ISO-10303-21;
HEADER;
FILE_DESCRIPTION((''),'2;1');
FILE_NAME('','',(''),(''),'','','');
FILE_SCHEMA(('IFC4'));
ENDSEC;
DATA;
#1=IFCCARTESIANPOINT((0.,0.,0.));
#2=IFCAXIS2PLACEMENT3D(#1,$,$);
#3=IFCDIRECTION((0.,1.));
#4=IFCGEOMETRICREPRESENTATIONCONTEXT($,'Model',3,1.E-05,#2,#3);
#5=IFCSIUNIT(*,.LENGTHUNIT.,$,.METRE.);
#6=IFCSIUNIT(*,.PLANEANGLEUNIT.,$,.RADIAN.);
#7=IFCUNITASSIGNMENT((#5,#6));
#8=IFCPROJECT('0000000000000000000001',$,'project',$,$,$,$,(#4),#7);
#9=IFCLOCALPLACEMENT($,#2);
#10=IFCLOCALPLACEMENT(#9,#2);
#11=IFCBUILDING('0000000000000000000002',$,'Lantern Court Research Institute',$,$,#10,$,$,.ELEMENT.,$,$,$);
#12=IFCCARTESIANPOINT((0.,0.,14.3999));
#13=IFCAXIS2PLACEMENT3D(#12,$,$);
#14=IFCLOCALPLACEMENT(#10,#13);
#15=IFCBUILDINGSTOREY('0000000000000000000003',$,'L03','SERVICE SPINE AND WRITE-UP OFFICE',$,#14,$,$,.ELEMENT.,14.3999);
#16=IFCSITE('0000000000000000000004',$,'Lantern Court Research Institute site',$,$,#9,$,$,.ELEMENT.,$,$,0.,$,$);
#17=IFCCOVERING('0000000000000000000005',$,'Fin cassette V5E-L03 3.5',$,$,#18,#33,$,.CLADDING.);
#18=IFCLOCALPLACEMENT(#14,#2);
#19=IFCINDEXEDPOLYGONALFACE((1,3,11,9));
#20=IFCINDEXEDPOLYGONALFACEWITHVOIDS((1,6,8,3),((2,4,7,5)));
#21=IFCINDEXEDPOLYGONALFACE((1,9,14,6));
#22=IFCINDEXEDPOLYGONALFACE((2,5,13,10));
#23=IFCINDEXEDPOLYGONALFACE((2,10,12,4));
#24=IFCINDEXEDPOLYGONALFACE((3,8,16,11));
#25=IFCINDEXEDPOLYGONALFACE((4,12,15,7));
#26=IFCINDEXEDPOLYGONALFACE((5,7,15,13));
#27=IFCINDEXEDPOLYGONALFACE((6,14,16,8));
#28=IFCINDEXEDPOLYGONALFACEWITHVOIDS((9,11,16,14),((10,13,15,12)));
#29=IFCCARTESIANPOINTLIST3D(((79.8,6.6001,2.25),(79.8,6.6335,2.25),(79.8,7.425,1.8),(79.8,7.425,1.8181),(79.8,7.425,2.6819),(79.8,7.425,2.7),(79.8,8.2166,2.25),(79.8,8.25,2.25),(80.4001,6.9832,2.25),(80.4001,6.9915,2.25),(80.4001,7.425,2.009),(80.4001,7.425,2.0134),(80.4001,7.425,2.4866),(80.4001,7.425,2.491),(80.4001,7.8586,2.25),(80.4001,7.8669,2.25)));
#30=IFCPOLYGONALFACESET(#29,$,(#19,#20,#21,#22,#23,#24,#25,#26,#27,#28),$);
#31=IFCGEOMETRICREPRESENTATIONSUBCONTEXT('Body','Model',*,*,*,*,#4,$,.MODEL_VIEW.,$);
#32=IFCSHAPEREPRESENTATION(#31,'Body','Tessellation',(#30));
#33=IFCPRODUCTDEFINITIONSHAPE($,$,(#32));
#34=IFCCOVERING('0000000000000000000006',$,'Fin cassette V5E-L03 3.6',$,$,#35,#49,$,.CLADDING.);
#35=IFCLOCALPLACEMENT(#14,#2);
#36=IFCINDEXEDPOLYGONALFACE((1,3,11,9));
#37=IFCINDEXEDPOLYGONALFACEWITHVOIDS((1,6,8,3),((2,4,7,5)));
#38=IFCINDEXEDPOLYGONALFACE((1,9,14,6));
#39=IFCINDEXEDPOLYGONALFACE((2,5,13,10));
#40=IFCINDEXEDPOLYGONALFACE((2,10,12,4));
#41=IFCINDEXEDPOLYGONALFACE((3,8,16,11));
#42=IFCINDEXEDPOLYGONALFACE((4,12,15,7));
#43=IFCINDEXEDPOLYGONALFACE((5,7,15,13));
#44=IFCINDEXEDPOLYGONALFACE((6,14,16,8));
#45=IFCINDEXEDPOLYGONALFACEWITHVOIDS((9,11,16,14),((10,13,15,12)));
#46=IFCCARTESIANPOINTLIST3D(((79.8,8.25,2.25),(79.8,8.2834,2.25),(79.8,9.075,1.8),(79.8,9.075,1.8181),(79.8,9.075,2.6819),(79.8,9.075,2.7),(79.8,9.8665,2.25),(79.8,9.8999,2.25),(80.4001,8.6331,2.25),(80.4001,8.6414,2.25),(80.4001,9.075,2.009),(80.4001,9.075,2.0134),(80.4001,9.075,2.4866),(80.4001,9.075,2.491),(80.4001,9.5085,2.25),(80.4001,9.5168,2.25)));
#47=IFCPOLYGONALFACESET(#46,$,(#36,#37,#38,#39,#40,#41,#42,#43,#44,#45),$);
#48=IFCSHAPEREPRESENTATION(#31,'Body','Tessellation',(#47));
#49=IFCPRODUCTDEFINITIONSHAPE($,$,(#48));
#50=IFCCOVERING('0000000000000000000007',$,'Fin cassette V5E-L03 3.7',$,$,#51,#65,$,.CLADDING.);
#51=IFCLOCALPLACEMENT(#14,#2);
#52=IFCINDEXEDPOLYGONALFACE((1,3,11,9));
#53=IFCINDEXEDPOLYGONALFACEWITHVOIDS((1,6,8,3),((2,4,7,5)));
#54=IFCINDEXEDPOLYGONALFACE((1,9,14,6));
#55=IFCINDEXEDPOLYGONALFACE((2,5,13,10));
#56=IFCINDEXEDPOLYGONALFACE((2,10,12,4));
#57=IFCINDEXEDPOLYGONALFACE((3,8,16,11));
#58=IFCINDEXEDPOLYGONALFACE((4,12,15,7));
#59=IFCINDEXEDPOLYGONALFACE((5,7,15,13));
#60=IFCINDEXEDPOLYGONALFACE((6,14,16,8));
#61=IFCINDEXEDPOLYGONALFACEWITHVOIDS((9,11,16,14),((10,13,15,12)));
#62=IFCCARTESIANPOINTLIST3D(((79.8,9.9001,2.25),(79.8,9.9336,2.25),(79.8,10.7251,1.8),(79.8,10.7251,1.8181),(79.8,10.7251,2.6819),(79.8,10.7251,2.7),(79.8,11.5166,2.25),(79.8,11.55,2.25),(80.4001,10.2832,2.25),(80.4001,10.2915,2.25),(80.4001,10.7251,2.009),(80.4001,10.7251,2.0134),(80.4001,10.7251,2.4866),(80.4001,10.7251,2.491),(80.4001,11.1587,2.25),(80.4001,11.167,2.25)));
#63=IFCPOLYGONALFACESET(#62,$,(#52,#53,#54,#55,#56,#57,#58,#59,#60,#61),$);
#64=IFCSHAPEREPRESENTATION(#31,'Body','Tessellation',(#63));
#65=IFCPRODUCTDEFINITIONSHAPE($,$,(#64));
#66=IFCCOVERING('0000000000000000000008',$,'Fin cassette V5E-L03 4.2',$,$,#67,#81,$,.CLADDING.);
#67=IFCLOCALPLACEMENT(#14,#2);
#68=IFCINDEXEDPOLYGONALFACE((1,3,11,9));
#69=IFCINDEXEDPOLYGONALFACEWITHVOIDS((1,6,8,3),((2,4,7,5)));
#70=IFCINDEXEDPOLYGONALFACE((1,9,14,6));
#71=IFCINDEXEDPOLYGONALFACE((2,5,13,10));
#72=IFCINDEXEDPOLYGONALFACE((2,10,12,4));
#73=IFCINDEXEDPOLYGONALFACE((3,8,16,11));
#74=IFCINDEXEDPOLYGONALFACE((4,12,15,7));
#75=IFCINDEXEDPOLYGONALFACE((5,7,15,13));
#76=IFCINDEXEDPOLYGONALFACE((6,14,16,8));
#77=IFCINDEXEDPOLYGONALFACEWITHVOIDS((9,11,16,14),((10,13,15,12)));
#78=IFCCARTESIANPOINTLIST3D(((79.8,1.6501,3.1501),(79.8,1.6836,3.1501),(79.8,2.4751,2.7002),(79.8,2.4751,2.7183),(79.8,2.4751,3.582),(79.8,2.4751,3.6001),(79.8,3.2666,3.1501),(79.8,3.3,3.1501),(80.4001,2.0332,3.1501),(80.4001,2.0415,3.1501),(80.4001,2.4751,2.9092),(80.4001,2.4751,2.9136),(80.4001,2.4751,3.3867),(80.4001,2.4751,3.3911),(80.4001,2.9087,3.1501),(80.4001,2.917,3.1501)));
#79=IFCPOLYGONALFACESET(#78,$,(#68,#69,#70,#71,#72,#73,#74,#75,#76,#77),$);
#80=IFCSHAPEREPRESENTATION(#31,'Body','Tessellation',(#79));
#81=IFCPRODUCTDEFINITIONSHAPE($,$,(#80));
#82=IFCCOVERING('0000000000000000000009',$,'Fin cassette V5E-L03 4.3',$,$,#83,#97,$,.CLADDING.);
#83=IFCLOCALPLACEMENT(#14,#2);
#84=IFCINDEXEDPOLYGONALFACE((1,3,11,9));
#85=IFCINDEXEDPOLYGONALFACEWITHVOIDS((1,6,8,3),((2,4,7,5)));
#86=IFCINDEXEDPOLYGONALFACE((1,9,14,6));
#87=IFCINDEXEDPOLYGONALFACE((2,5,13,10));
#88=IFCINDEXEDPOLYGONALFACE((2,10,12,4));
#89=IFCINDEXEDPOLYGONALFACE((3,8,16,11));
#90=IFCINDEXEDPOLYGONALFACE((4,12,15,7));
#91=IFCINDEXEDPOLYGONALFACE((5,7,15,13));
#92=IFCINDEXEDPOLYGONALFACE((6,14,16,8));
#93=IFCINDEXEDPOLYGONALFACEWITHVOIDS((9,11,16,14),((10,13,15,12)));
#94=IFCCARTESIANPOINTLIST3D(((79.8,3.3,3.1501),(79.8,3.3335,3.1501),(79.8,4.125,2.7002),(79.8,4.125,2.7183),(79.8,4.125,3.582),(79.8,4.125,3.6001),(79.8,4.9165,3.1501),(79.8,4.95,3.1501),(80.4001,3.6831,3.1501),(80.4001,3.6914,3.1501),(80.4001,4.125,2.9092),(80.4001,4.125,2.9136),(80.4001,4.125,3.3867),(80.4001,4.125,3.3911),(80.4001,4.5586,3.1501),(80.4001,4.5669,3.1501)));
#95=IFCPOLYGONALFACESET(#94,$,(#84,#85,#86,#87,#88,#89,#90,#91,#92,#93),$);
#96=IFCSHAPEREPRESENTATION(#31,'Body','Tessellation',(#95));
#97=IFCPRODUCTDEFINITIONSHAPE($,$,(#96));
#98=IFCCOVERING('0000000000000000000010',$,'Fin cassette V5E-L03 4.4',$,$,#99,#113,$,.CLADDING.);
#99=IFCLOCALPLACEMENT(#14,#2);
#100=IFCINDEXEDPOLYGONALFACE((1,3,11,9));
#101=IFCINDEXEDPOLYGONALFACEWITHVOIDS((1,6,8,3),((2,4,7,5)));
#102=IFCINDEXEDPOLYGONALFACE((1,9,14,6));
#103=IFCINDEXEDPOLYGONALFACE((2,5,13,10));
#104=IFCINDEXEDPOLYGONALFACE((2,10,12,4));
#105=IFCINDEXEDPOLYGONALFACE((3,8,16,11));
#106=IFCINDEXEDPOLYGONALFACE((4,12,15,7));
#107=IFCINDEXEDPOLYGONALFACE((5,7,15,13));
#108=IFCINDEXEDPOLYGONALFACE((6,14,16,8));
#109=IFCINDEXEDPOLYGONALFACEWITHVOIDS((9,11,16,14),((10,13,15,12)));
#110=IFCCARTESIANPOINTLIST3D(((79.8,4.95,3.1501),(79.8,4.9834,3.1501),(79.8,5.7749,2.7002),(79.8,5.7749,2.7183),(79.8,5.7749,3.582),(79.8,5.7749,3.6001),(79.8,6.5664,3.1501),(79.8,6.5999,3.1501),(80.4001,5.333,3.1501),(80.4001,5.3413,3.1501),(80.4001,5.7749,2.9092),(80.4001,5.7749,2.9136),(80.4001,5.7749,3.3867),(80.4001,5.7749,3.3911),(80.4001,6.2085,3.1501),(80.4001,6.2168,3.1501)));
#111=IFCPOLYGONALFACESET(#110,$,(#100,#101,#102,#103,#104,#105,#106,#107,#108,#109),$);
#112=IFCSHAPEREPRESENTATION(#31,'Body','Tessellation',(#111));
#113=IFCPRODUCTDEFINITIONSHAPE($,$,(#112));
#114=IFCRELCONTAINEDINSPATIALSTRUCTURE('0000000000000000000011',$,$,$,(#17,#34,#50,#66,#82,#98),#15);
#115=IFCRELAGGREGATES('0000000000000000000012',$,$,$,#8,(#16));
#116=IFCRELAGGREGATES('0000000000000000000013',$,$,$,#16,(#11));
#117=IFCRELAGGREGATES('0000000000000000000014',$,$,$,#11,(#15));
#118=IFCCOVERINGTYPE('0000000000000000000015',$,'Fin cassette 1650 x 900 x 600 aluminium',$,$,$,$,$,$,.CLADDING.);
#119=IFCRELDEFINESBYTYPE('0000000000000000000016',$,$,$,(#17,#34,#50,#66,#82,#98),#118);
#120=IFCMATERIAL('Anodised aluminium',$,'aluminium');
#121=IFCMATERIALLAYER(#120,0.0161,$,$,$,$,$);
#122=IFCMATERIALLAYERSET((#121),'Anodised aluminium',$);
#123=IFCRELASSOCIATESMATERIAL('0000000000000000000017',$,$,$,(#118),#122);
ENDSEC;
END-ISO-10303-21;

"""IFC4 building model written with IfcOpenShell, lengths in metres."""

from ifc_helpers import new_model, entity, si_unit, direction, frame, origin, place, context, subcontext, project, spatial, material, layer, layer_set, type_object, element, save


model = new_model("IFC4")

# Units and contexts
model_context = context("Model", 3, precision=1e-05, world=origin(), true_north=direction((0.0, 1.0)))
body_context = subcontext(model_context, "Body", "Model", "MODEL_VIEW")
ifc_project = project(units=[si_unit("LENGTHUNIT", "METRE"), si_unit("PLANEANGLEUNIT", "RADIAN")], contexts=[model_context])

# Site, building, storey
site_placement = place(None, origin())
site = spatial("IfcSite", under=ifc_project, at=site_placement, Name="Lantern Court Research Institute site", CompositionType="ELEMENT", RefElevation=0.0)
building_placement = place(site_placement, origin())
building = spatial("IfcBuilding", under=site, at=building_placement, Name="Lantern Court Research Institute", CompositionType="ELEMENT")
storey_placement = place(building_placement, frame((0.0, 0.0, 14.3999)))
storey = spatial("IfcBuildingStorey", under=building, at=storey_placement, Name="L03", Description="SERVICE SPINE AND WRITE-UP OFFICE", CompositionType="ELEMENT", Elevation=14.3999)

# Coverings
ifc_material_1 = material(Name="Anodised aluminium", Category="aluminium")
ifc_layer_1 = layer(ifc_material_1, 0.0161)
ifc_layer_set_1 = layer_set([ifc_layer_1], Name="Anodised aluminium")
covering_type = type_object("IfcCoveringType", Name="Fin cassette 1650 x 900 x 600 aluminium", PredefinedType="CLADDING", material=ifc_layer_set_1)
covering_1_placement = place(storey_placement, frame((79.8, 7.425, 2.25), z_axis=(1.0, 0.0, 0.0), x_axis=(0.0, 1.0, 0.0)))
cartesian_point_1 = entity("IfcCartesianPoint", [0.825, 0.0])
cartesian_point_2 = entity("IfcCartesianPoint", [0.7915, 0.0])
cartesian_point_3 = entity("IfcCartesianPoint", [0.4419, 0.0])
cartesian_point_4 = entity("IfcCartesianPoint", [0.4336, 0.0])
element("IfcCovering", 1, at=covering_1_placement, inside=storey, type_object=covering_type, Name="Fin cassette V5E-L03 3.5", PredefinedType="CLADDING", context=body_context, shape_type="SweptSolid", body=[
    entity("IfcExtrudedAreaSolidTapered", entity("IfcArbitraryProfileDefWithVoids", "AREA", None, entity("IfcPolyline", [cartesian_point_1, entity("IfcCartesianPoint", [0.0, 0.45]), entity("IfcCartesianPoint", [-0.825, 0.0]), entity("IfcCartesianPoint", [0.0, -0.45]), cartesian_point_1]), [entity("IfcPolyline", [cartesian_point_2, entity("IfcCartesianPoint", [0.0, 0.4319]), entity("IfcCartesianPoint", [-0.7915, 0.0]), entity("IfcCartesianPoint", [0.0, -0.4319]), cartesian_point_2])]), entity("IfcAxis2Placement3D", entity("IfcCartesianPoint", [0.0, 0.0, 0.0])), entity("IfcDirection", [0.0, 0.0, 1.0]), 0.6001, entity("IfcArbitraryProfileDefWithVoids", "AREA", None, entity("IfcPolyline", [cartesian_point_3, entity("IfcCartesianPoint", [0.0, 0.241]), entity("IfcCartesianPoint", [-0.4419, 0.0]), entity("IfcCartesianPoint", [0.0, -0.241]), cartesian_point_3]), [entity("IfcPolyline", [cartesian_point_4, entity("IfcCartesianPoint", [0.0, 0.2366]), entity("IfcCartesianPoint", [-0.4336, 0.0]), entity("IfcCartesianPoint", [0.0, -0.2366]), cartesian_point_4])])),
])
covering_2_placement = place(storey_placement, frame((79.8, 9.075, 2.25), z_axis=(1.0, 0.0, 0.0), x_axis=(0.0, 1.0, 0.0)))
cartesian_point_5 = entity("IfcCartesianPoint", [0.825, 0.0])
cartesian_point_6 = entity("IfcCartesianPoint", [0.7915, 0.0])
cartesian_point_7 = entity("IfcCartesianPoint", [0.4419, 0.0])
cartesian_point_8 = entity("IfcCartesianPoint", [0.4336, 0.0])
element("IfcCovering", 2, at=covering_2_placement, inside=storey, type_object=covering_type, Name="Fin cassette V5E-L03 3.6", PredefinedType="CLADDING", context=body_context, shape_type="SweptSolid", body=[
    entity("IfcExtrudedAreaSolidTapered", entity("IfcArbitraryProfileDefWithVoids", "AREA", None, entity("IfcPolyline", [cartesian_point_5, entity("IfcCartesianPoint", [0.0, 0.45]), entity("IfcCartesianPoint", [-0.825, 0.0]), entity("IfcCartesianPoint", [0.0, -0.45]), cartesian_point_5]), [entity("IfcPolyline", [cartesian_point_6, entity("IfcCartesianPoint", [0.0, 0.4319]), entity("IfcCartesianPoint", [-0.7915, 0.0]), entity("IfcCartesianPoint", [0.0, -0.4319]), cartesian_point_6])]), entity("IfcAxis2Placement3D", entity("IfcCartesianPoint", [0.0, 0.0, 0.0])), entity("IfcDirection", [0.0, 0.0, 1.0]), 0.6001, entity("IfcArbitraryProfileDefWithVoids", "AREA", None, entity("IfcPolyline", [cartesian_point_7, entity("IfcCartesianPoint", [0.0, 0.241]), entity("IfcCartesianPoint", [-0.4419, 0.0]), entity("IfcCartesianPoint", [0.0, -0.241]), cartesian_point_7]), [entity("IfcPolyline", [cartesian_point_8, entity("IfcCartesianPoint", [0.0, 0.2366]), entity("IfcCartesianPoint", [-0.4336, 0.0]), entity("IfcCartesianPoint", [0.0, -0.2366]), cartesian_point_8])])),
])
covering_3_placement = place(storey_placement, frame((79.8, 10.7251, 2.25), z_axis=(1.0, 0.0, 0.0), x_axis=(0.0, 1.0, 0.0)))
cartesian_point_9 = entity("IfcCartesianPoint", [0.825, 0.0])
cartesian_point_10 = entity("IfcCartesianPoint", [0.7915, 0.0])
cartesian_point_11 = entity("IfcCartesianPoint", [0.4419, 0.0])
cartesian_point_12 = entity("IfcCartesianPoint", [0.4336, 0.0])
element("IfcCovering", 3, at=covering_3_placement, inside=storey, type_object=covering_type, Name="Fin cassette V5E-L03 3.7", PredefinedType="CLADDING", context=body_context, shape_type="SweptSolid", body=[
    entity("IfcExtrudedAreaSolidTapered", entity("IfcArbitraryProfileDefWithVoids", "AREA", None, entity("IfcPolyline", [cartesian_point_9, entity("IfcCartesianPoint", [0.0, 0.45]), entity("IfcCartesianPoint", [-0.825, 0.0]), entity("IfcCartesianPoint", [0.0, -0.45]), cartesian_point_9]), [entity("IfcPolyline", [cartesian_point_10, entity("IfcCartesianPoint", [0.0, 0.4319]), entity("IfcCartesianPoint", [-0.7915, 0.0]), entity("IfcCartesianPoint", [0.0, -0.4319]), cartesian_point_10])]), entity("IfcAxis2Placement3D", entity("IfcCartesianPoint", [0.0, 0.0, 0.0])), entity("IfcDirection", [0.0, 0.0, 1.0]), 0.6001, entity("IfcArbitraryProfileDefWithVoids", "AREA", None, entity("IfcPolyline", [cartesian_point_11, entity("IfcCartesianPoint", [0.0, 0.241]), entity("IfcCartesianPoint", [-0.4419, 0.0]), entity("IfcCartesianPoint", [0.0, -0.241]), cartesian_point_11]), [entity("IfcPolyline", [cartesian_point_12, entity("IfcCartesianPoint", [0.0, 0.2366]), entity("IfcCartesianPoint", [-0.4336, 0.0]), entity("IfcCartesianPoint", [0.0, -0.2366]), cartesian_point_12])])),
])
covering_4_placement = place(storey_placement, frame((79.8, 2.4751, 3.1501), z_axis=(1.0, 0.0, 0.0), x_axis=(0.0, 1.0, 0.0)))
cartesian_point_13 = entity("IfcCartesianPoint", [0.825, 0.0])
cartesian_point_14 = entity("IfcCartesianPoint", [0.7915, 0.0])
cartesian_point_15 = entity("IfcCartesianPoint", [0.4419, 0.0])
cartesian_point_16 = entity("IfcCartesianPoint", [0.4336, 0.0])
element("IfcCovering", 4, at=covering_4_placement, inside=storey, type_object=covering_type, Name="Fin cassette V5E-L03 4.2", PredefinedType="CLADDING", context=body_context, shape_type="SweptSolid", body=[
    entity("IfcExtrudedAreaSolidTapered", entity("IfcArbitraryProfileDefWithVoids", "AREA", None, entity("IfcPolyline", [cartesian_point_13, entity("IfcCartesianPoint", [0.0, 0.45]), entity("IfcCartesianPoint", [-0.825, 0.0]), entity("IfcCartesianPoint", [0.0, -0.45]), cartesian_point_13]), [entity("IfcPolyline", [cartesian_point_14, entity("IfcCartesianPoint", [0.0, 0.4319]), entity("IfcCartesianPoint", [-0.7915, 0.0]), entity("IfcCartesianPoint", [0.0, -0.4319]), cartesian_point_14])]), entity("IfcAxis2Placement3D", entity("IfcCartesianPoint", [0.0, 0.0, 0.0])), entity("IfcDirection", [0.0, 0.0, 1.0]), 0.6001, entity("IfcArbitraryProfileDefWithVoids", "AREA", None, entity("IfcPolyline", [cartesian_point_15, entity("IfcCartesianPoint", [0.0, 0.241]), entity("IfcCartesianPoint", [-0.4419, 0.0]), entity("IfcCartesianPoint", [0.0, -0.241]), cartesian_point_15]), [entity("IfcPolyline", [cartesian_point_16, entity("IfcCartesianPoint", [0.0, 0.2366]), entity("IfcCartesianPoint", [-0.4336, 0.0]), entity("IfcCartesianPoint", [0.0, -0.2366]), cartesian_point_16])])),
])
covering_5_placement = place(storey_placement, frame((79.8, 4.125, 3.1501), z_axis=(1.0, 0.0, 0.0), x_axis=(0.0, 1.0, 0.0)))
cartesian_point_17 = entity("IfcCartesianPoint", [0.825, 0.0])
cartesian_point_18 = entity("IfcCartesianPoint", [0.7915, 0.0])
cartesian_point_19 = entity("IfcCartesianPoint", [0.4419, 0.0])
cartesian_point_20 = entity("IfcCartesianPoint", [0.4336, 0.0])
element("IfcCovering", 5, at=covering_5_placement, inside=storey, type_object=covering_type, Name="Fin cassette V5E-L03 4.3", PredefinedType="CLADDING", context=body_context, shape_type="SweptSolid", body=[
    entity("IfcExtrudedAreaSolidTapered", entity("IfcArbitraryProfileDefWithVoids", "AREA", None, entity("IfcPolyline", [cartesian_point_17, entity("IfcCartesianPoint", [0.0, 0.45]), entity("IfcCartesianPoint", [-0.825, 0.0]), entity("IfcCartesianPoint", [0.0, -0.45]), cartesian_point_17]), [entity("IfcPolyline", [cartesian_point_18, entity("IfcCartesianPoint", [0.0, 0.4319]), entity("IfcCartesianPoint", [-0.7915, 0.0]), entity("IfcCartesianPoint", [0.0, -0.4319]), cartesian_point_18])]), entity("IfcAxis2Placement3D", entity("IfcCartesianPoint", [0.0, 0.0, 0.0])), entity("IfcDirection", [0.0, 0.0, 1.0]), 0.6001, entity("IfcArbitraryProfileDefWithVoids", "AREA", None, entity("IfcPolyline", [cartesian_point_19, entity("IfcCartesianPoint", [0.0, 0.241]), entity("IfcCartesianPoint", [-0.4419, 0.0]), entity("IfcCartesianPoint", [0.0, -0.241]), cartesian_point_19]), [entity("IfcPolyline", [cartesian_point_20, entity("IfcCartesianPoint", [0.0, 0.2366]), entity("IfcCartesianPoint", [-0.4336, 0.0]), entity("IfcCartesianPoint", [0.0, -0.2366]), cartesian_point_20])])),
])
covering_6_placement = place(storey_placement, frame((79.8, 5.7749, 3.1501), z_axis=(1.0, 0.0, 0.0), x_axis=(0.0, 1.0, 0.0)))
cartesian_point_21 = entity("IfcCartesianPoint", [0.825, 0.0])
cartesian_point_22 = entity("IfcCartesianPoint", [0.7915, 0.0])
cartesian_point_23 = entity("IfcCartesianPoint", [0.4419, 0.0])
cartesian_point_24 = entity("IfcCartesianPoint", [0.4336, 0.0])
element("IfcCovering", 6, at=covering_6_placement, inside=storey, type_object=covering_type, Name="Fin cassette V5E-L03 4.4", PredefinedType="CLADDING", context=body_context, shape_type="SweptSolid", body=[
    entity("IfcExtrudedAreaSolidTapered", entity("IfcArbitraryProfileDefWithVoids", "AREA", None, entity("IfcPolyline", [cartesian_point_21, entity("IfcCartesianPoint", [0.0, 0.45]), entity("IfcCartesianPoint", [-0.825, 0.0]), entity("IfcCartesianPoint", [0.0, -0.45]), cartesian_point_21]), [entity("IfcPolyline", [cartesian_point_22, entity("IfcCartesianPoint", [0.0, 0.4319]), entity("IfcCartesianPoint", [-0.7915, 0.0]), entity("IfcCartesianPoint", [0.0, -0.4319]), cartesian_point_22])]), entity("IfcAxis2Placement3D", entity("IfcCartesianPoint", [0.0, 0.0, 0.0])), entity("IfcDirection", [0.0, 0.0, 1.0]), 0.6001, entity("IfcArbitraryProfileDefWithVoids", "AREA", None, entity("IfcPolyline", [cartesian_point_23, entity("IfcCartesianPoint", [0.0, 0.241]), entity("IfcCartesianPoint", [-0.4419, 0.0]), entity("IfcCartesianPoint", [0.0, -0.241]), cartesian_point_23]), [entity("IfcPolyline", [cartesian_point_24, entity("IfcCartesianPoint", [0.0, 0.2366]), entity("IfcCartesianPoint", [-0.4336, 0.0]), entity("IfcCartesianPoint", [0.0, -0.2366]), cartesian_point_24])])),
])

save(model, "model.ifc")
